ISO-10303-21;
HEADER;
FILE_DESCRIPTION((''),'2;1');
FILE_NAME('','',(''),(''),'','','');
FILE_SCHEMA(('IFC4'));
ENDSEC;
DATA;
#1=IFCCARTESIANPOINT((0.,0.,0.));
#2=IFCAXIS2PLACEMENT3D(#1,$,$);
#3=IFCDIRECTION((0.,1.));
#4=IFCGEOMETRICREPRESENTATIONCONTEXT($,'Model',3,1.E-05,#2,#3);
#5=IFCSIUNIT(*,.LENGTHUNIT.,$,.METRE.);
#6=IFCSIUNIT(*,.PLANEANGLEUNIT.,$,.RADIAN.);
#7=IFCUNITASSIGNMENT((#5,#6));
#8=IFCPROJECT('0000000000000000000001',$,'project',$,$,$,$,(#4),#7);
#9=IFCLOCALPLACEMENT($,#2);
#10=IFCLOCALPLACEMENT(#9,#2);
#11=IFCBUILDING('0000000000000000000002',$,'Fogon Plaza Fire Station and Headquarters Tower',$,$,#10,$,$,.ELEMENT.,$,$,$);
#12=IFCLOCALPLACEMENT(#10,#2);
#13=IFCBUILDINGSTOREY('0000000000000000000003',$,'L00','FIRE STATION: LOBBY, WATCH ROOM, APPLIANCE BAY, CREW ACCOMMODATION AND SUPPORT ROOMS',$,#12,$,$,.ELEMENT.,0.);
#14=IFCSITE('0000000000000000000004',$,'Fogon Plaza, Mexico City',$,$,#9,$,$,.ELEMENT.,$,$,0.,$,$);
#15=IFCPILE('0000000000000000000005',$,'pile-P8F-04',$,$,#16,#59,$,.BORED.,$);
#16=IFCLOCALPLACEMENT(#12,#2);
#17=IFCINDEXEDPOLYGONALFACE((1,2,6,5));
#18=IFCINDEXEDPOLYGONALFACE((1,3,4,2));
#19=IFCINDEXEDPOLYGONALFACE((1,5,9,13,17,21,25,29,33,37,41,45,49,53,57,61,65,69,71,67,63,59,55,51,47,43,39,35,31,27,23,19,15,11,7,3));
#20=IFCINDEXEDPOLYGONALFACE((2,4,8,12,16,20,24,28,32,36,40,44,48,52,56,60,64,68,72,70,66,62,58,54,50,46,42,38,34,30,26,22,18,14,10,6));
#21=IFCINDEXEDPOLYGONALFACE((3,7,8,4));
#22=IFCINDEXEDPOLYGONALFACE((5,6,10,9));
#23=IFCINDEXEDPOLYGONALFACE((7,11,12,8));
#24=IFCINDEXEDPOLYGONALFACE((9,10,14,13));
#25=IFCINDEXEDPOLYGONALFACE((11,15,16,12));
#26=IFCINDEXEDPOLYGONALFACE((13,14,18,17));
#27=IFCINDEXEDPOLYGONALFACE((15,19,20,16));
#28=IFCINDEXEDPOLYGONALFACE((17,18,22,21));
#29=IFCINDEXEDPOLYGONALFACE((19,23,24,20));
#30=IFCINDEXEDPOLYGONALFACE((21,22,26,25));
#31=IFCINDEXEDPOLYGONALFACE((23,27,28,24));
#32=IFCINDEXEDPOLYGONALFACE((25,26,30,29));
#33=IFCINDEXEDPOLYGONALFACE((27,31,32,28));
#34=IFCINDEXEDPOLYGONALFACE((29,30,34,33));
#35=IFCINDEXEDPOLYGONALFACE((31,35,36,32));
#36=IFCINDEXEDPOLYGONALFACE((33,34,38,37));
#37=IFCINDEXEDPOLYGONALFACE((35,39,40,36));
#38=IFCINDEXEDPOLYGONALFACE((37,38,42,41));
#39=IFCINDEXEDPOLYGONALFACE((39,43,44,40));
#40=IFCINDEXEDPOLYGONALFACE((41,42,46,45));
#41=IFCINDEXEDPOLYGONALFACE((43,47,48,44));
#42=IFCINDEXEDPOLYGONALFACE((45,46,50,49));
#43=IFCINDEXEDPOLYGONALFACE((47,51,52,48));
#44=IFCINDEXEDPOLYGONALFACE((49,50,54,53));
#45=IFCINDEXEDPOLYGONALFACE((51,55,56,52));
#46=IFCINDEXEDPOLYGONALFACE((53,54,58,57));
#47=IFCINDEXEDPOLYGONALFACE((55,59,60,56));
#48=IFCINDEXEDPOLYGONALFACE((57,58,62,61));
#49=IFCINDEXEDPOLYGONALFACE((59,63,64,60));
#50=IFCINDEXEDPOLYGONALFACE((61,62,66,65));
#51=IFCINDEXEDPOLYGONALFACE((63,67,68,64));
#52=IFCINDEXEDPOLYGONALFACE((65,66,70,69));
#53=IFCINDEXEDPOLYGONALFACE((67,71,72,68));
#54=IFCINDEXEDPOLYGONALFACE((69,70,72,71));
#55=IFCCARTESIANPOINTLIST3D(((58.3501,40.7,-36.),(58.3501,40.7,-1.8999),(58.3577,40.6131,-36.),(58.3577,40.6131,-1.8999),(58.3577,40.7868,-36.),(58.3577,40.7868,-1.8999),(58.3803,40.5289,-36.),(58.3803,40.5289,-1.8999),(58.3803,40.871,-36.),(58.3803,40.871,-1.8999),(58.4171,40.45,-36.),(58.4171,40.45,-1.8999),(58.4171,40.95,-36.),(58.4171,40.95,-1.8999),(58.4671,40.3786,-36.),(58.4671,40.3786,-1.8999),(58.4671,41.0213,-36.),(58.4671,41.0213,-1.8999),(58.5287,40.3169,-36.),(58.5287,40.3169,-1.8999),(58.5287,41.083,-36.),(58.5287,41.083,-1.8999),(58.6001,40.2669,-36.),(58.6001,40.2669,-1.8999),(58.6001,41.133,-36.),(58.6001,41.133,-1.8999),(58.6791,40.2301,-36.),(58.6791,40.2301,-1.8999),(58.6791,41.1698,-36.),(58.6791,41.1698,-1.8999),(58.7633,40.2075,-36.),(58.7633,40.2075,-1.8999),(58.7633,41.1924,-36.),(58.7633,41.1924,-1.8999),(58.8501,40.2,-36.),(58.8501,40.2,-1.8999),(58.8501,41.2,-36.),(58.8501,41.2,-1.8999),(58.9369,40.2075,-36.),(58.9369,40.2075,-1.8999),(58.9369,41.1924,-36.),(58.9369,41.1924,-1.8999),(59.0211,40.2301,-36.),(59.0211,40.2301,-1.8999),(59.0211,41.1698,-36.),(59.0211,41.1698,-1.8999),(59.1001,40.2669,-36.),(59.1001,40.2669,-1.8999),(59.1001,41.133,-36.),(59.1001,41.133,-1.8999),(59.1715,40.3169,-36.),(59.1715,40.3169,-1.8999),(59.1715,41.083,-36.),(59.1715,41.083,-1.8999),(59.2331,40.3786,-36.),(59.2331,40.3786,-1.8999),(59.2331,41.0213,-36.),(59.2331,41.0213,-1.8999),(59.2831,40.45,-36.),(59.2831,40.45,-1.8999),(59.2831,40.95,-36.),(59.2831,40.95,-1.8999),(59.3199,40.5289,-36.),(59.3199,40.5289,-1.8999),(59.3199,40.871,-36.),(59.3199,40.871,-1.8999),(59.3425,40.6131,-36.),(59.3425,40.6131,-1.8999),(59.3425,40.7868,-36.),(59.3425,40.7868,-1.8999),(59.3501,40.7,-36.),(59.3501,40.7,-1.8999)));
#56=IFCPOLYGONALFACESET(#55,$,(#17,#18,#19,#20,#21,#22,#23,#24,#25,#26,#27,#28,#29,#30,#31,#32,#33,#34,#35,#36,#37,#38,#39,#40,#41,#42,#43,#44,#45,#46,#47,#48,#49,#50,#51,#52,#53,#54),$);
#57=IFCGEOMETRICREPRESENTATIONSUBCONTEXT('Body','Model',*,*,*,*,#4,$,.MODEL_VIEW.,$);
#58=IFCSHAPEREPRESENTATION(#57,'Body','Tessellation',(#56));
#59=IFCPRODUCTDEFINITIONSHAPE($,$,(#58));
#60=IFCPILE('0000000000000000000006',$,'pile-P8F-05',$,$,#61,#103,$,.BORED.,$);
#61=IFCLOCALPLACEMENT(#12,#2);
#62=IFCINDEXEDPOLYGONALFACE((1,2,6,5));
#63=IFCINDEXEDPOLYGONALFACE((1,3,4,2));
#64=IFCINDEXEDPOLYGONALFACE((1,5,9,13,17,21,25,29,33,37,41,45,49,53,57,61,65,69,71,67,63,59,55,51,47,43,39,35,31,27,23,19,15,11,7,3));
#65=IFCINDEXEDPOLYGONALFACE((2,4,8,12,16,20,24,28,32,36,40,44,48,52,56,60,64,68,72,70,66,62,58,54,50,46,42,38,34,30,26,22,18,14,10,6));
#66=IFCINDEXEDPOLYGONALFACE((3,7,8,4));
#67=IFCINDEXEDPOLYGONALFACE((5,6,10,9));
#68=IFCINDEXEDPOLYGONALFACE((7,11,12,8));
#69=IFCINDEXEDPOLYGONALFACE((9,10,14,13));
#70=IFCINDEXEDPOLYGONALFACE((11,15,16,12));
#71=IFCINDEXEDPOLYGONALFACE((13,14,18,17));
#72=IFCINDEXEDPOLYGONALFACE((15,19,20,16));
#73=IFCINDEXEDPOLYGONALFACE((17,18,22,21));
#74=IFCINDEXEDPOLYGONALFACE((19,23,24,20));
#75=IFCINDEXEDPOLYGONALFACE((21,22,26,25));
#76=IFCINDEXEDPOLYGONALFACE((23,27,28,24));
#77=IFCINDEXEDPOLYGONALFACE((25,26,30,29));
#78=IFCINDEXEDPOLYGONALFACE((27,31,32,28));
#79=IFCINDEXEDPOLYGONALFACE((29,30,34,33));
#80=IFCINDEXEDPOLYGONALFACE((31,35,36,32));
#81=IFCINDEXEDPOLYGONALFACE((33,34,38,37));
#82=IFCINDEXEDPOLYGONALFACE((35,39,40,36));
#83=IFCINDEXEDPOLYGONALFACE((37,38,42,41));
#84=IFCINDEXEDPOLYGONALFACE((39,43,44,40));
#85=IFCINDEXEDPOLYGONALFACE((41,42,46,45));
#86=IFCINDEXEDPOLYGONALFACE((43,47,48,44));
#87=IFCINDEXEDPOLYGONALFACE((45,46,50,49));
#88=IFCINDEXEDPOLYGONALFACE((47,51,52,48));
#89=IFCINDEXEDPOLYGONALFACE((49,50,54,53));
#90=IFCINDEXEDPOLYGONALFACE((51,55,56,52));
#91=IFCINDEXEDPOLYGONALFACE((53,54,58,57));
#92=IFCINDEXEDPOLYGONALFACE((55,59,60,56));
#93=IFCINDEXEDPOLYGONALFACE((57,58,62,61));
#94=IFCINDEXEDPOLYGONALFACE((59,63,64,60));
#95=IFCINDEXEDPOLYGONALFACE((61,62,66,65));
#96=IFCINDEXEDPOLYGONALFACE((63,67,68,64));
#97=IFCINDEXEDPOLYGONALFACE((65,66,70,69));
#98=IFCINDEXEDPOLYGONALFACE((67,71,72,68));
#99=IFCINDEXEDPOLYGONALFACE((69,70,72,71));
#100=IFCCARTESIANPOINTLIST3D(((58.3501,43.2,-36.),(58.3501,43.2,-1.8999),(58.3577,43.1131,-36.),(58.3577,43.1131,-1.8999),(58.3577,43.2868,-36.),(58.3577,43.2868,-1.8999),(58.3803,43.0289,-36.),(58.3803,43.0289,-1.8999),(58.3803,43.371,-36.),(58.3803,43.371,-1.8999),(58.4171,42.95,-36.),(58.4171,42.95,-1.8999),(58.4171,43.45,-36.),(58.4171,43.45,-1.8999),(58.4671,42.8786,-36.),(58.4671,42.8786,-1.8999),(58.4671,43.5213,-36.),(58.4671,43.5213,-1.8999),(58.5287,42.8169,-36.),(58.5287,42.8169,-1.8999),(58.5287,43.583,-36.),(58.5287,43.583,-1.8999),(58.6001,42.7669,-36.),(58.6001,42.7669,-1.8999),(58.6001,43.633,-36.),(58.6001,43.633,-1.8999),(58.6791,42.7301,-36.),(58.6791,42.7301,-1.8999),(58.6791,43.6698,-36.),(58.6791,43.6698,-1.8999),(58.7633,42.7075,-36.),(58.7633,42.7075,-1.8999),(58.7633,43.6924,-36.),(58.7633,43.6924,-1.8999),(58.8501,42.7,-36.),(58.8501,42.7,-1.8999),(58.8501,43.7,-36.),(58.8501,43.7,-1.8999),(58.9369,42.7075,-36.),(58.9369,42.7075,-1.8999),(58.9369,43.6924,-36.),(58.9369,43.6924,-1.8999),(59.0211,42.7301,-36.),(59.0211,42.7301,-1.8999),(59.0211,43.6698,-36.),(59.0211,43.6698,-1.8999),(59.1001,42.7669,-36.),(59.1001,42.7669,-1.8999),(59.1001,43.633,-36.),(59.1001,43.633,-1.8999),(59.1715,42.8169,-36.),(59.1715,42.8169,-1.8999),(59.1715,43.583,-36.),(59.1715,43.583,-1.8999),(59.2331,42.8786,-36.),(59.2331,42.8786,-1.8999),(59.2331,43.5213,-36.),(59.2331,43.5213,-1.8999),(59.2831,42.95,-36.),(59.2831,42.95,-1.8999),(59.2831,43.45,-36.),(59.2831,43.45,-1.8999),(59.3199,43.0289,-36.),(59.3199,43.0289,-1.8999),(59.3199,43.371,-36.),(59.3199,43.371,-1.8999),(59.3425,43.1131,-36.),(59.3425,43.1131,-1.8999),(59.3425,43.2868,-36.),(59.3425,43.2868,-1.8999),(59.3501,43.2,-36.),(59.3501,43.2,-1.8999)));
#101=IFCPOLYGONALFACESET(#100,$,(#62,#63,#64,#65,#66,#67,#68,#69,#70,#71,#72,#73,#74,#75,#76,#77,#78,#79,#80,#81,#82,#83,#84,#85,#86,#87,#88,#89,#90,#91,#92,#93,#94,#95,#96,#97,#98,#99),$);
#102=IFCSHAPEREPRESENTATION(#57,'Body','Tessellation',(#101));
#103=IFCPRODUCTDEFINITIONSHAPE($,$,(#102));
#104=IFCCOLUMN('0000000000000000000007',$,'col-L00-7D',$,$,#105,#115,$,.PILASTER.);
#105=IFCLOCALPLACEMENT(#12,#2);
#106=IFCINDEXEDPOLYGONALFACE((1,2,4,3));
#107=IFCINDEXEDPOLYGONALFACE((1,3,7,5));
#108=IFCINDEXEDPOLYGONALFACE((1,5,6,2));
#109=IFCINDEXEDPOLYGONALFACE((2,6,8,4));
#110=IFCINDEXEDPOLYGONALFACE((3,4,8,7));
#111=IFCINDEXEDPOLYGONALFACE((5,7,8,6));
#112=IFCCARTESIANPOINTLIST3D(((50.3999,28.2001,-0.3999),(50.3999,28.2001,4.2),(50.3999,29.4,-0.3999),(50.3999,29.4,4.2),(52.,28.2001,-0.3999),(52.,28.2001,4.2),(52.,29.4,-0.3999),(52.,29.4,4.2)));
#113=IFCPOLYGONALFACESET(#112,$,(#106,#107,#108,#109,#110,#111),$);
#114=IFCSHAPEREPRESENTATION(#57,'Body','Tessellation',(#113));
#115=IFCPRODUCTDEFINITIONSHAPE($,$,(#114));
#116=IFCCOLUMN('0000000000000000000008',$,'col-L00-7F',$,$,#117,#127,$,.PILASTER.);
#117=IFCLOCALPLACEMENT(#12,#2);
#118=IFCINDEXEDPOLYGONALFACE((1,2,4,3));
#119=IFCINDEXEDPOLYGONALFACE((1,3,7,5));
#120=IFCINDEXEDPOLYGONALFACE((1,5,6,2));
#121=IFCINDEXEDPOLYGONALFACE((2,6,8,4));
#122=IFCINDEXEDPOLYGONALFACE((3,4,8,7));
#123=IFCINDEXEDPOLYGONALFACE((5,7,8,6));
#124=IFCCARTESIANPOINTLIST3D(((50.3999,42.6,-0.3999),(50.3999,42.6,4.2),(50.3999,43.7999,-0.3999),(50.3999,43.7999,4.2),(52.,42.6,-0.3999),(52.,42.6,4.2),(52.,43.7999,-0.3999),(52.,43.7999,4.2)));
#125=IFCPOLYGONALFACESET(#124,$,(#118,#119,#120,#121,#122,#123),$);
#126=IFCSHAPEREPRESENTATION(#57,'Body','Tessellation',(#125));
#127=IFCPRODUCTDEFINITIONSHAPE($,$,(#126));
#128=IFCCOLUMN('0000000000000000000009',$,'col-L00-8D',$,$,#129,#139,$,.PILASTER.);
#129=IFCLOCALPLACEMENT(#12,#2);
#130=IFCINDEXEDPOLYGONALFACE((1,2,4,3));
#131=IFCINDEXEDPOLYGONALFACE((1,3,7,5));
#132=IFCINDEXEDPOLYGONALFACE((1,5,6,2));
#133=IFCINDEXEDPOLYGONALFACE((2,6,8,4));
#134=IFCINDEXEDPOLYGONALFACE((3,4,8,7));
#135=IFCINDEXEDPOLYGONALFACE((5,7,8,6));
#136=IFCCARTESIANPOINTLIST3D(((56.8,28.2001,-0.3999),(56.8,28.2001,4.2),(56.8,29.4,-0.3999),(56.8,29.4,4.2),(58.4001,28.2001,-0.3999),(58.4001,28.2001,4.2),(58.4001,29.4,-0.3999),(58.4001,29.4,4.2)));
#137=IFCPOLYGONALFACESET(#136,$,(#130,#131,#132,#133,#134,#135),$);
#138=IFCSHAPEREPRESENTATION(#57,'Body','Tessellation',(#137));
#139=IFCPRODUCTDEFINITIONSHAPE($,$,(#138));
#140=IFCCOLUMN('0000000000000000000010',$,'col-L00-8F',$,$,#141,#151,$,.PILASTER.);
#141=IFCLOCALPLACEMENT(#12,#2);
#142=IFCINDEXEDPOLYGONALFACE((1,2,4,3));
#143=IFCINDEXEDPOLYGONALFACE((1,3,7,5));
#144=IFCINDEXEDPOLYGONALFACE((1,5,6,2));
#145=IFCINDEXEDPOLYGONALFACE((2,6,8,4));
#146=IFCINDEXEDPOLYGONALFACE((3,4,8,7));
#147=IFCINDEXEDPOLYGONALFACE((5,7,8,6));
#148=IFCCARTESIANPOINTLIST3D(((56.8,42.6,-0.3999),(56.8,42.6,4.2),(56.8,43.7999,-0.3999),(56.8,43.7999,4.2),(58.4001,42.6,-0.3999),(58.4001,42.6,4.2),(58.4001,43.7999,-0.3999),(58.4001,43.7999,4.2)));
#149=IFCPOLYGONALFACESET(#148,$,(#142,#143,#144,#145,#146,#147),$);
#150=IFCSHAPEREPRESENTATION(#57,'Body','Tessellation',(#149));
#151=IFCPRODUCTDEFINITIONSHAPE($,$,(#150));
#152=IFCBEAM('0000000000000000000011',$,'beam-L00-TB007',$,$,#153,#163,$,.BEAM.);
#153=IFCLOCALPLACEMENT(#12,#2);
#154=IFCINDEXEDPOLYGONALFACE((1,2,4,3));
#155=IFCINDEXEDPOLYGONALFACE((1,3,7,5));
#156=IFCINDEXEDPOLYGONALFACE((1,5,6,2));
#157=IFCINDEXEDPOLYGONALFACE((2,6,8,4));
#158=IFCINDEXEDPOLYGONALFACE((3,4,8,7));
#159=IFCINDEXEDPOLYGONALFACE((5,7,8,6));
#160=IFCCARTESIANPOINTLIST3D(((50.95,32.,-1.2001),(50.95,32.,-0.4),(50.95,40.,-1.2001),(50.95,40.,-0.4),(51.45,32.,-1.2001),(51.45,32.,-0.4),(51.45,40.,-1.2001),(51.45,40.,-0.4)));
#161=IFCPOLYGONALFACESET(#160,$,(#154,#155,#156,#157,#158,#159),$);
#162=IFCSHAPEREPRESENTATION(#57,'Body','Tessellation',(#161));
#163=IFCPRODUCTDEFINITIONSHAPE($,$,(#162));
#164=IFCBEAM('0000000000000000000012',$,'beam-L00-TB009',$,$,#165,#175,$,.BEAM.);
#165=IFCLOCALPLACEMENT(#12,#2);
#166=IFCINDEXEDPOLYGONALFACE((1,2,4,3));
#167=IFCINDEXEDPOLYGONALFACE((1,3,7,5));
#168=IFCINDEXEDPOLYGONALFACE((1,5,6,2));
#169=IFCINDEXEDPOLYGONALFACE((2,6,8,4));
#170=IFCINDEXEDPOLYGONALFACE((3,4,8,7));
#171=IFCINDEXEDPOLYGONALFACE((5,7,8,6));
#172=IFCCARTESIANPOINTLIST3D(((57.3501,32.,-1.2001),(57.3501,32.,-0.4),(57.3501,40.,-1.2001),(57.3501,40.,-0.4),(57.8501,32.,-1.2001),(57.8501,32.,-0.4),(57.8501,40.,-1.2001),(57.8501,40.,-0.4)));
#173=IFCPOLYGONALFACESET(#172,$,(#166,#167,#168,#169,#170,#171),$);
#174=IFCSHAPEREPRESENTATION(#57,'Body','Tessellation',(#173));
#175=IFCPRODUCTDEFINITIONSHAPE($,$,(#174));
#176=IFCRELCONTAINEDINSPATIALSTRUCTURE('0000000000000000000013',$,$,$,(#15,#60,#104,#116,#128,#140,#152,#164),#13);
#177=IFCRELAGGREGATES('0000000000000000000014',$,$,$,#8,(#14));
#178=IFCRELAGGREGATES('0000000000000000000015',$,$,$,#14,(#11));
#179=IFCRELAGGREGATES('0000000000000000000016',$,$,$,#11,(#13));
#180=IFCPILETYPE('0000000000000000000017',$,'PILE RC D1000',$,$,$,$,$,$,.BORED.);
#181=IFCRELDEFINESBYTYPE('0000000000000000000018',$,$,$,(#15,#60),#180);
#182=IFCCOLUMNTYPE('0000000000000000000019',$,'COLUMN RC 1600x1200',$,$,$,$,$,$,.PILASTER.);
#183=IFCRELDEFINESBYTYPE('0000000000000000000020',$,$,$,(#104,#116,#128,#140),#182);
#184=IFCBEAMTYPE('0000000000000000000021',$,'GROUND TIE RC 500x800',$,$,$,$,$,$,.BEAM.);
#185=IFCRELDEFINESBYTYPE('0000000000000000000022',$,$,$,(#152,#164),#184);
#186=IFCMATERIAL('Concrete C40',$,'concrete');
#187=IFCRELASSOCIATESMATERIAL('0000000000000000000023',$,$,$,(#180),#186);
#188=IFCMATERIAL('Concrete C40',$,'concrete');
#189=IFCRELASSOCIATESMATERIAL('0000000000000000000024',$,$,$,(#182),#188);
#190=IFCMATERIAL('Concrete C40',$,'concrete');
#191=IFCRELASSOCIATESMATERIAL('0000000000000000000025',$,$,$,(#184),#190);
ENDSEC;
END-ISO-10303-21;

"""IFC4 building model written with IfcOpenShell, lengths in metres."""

from ifc_helpers import new_model, si_unit, direction, frame, origin, origin_2d, place, context, subcontext, project, spatial, rectangle, circle, extrude, material, material_profile, profile_set, type_object, element, save


model = new_model("IFC4")

# Units and contexts
model_context = context("Model", 3, precision=1e-05, world=origin(), true_north=direction((0.0, 1.0)))
body_context = subcontext(model_context, "Body", "Model", "MODEL_VIEW")
ifc_project = project(units=[si_unit("LENGTHUNIT", "METRE"), si_unit("PLANEANGLEUNIT", "RADIAN")], contexts=[model_context])

# Site, building, storey
site_placement = place(None, origin())
site = spatial("IfcSite", under=ifc_project, at=site_placement, Name="Fogon Plaza, Mexico City", CompositionType="ELEMENT", RefElevation=0.0)
building_placement = place(site_placement, origin())
building = spatial("IfcBuilding", under=site, at=building_placement, Name="Fogon Plaza Fire Station and Headquarters Tower", CompositionType="ELEMENT")
storey_placement = place(building_placement, origin())
storey = spatial("IfcBuildingStorey", under=building, at=storey_placement, Name="L00", Description="FIRE STATION: LOBBY, WATCH ROOM, APPLIANCE BAY, CREW ACCOMMODATION AND SUPPORT ROOMS", CompositionType="ELEMENT", Elevation=0.0)

# Piles
ifc_material_1 = material(Name="Concrete C40", Category="concrete")
ifc_material_profile_1 = material_profile(ifc_material_1, circle(Radius=0.5, at=origin_2d()), Name="RC D1000")
ifc_profile_set_1 = profile_set([ifc_material_profile_1], Name="Concrete C40")
pile_type = type_object("IfcPileType", Name="PILE RC D1000", PredefinedType="BORED", material=ifc_profile_set_1)
for number, where, z_axis, x_axis, name in (
    (1, (58.8501, 40.7, -1.8999), (0.0, 0.0, -1.0), (1.0, 0.0, 0.0), "pile-P8F-04"),
    (2, (58.8501, 43.2, -1.8999), (0.0, 0.0, -1.0), (1.0, 0.0, 0.0), "pile-P8F-05"),
):
    element("IfcPile", number, at=place(storey_placement, frame(where, z_axis=z_axis, x_axis=x_axis)), inside=storey, type_object=pile_type, Name=name, PredefinedType="BORED", context=body_context, shape_type="SweptSolid", body=[
        extrude(circle(Radius=0.5, at=origin_2d()), origin(), (0.0, 0.0, 1.0), 34.1001),
    ])

# Columns
ifc_material_2 = material(Name="Concrete C40", Category="concrete")
ifc_material_profile_2 = material_profile(ifc_material_2, rectangle(XDim=1.6001, YDim=1.2, at=origin_2d()), Name="RC 1600x1200")
ifc_profile_set_2 = profile_set([ifc_material_profile_2], Name="Concrete C40")
column_type = type_object("IfcColumnType", Name="COLUMN RC 1600x1200", PredefinedType="PILASTER", material=ifc_profile_set_2)
for number, where, z_axis, x_axis, name in (
    (3, (51.2, 28.8, -0.3999), (0.0, 0.0, 1.0), (1.0, 0.0, 0.0), "col-L00-7D"),
    (4, (51.2, 43.2, -0.3999), (0.0, 0.0, 1.0), (1.0, 0.0, 0.0), "col-L00-7F"),
    (5, (57.6001, 28.8, -0.3999), (0.0, 0.0, 1.0), (1.0, 0.0, 0.0), "col-L00-8D"),
    (6, (57.6001, 43.2, -0.3999), (0.0, 0.0, 1.0), (1.0, 0.0, 0.0), "col-L00-8F"),
):
    element("IfcColumn", number, at=place(storey_placement, frame(where, z_axis=z_axis, x_axis=x_axis)), inside=storey, type_object=column_type, Name=name, PredefinedType="PILASTER", context=body_context, shape_type="SweptSolid", body=[
        extrude(rectangle(XDim=1.6001, YDim=1.2, at=origin_2d()), origin(), (0.0, 0.0, 1.0), 4.5999),
    ])

# Beams
ifc_material_3 = material(Name="Concrete C40", Category="concrete")
ifc_material_profile_3 = material_profile(ifc_material_3, rectangle(XDim=0.5, YDim=0.8, at=origin_2d()), Name="RC 500x800")
ifc_profile_set_3 = profile_set([ifc_material_profile_3], Name="Concrete C40")
beam_type = type_object("IfcBeamType", Name="GROUND TIE RC 500x800", PredefinedType="BEAM", material=ifc_profile_set_3)
for number, where, z_axis, x_axis, name in (
    (7, (51.2, 32.0, -0.8), (0.0, 1.0, 0.0), (-1.0, 0.0, 0.0), "beam-L00-TB007"),
    (8, (57.6001, 32.0, -0.8), (0.0, 1.0, 0.0), (-1.0, 0.0, 0.0), "beam-L00-TB009"),
):
    element("IfcBeam", number, at=place(storey_placement, frame(where, z_axis=z_axis, x_axis=x_axis)), inside=storey, type_object=beam_type, Name=name, PredefinedType="BEAM", context=body_context, shape_type="SweptSolid", body=[
        extrude(rectangle(XDim=0.5, YDim=0.8, at=origin_2d()), origin(), (0.0, 0.0, 1.0), 8.0),
    ])

save(model, "model.ifc")
